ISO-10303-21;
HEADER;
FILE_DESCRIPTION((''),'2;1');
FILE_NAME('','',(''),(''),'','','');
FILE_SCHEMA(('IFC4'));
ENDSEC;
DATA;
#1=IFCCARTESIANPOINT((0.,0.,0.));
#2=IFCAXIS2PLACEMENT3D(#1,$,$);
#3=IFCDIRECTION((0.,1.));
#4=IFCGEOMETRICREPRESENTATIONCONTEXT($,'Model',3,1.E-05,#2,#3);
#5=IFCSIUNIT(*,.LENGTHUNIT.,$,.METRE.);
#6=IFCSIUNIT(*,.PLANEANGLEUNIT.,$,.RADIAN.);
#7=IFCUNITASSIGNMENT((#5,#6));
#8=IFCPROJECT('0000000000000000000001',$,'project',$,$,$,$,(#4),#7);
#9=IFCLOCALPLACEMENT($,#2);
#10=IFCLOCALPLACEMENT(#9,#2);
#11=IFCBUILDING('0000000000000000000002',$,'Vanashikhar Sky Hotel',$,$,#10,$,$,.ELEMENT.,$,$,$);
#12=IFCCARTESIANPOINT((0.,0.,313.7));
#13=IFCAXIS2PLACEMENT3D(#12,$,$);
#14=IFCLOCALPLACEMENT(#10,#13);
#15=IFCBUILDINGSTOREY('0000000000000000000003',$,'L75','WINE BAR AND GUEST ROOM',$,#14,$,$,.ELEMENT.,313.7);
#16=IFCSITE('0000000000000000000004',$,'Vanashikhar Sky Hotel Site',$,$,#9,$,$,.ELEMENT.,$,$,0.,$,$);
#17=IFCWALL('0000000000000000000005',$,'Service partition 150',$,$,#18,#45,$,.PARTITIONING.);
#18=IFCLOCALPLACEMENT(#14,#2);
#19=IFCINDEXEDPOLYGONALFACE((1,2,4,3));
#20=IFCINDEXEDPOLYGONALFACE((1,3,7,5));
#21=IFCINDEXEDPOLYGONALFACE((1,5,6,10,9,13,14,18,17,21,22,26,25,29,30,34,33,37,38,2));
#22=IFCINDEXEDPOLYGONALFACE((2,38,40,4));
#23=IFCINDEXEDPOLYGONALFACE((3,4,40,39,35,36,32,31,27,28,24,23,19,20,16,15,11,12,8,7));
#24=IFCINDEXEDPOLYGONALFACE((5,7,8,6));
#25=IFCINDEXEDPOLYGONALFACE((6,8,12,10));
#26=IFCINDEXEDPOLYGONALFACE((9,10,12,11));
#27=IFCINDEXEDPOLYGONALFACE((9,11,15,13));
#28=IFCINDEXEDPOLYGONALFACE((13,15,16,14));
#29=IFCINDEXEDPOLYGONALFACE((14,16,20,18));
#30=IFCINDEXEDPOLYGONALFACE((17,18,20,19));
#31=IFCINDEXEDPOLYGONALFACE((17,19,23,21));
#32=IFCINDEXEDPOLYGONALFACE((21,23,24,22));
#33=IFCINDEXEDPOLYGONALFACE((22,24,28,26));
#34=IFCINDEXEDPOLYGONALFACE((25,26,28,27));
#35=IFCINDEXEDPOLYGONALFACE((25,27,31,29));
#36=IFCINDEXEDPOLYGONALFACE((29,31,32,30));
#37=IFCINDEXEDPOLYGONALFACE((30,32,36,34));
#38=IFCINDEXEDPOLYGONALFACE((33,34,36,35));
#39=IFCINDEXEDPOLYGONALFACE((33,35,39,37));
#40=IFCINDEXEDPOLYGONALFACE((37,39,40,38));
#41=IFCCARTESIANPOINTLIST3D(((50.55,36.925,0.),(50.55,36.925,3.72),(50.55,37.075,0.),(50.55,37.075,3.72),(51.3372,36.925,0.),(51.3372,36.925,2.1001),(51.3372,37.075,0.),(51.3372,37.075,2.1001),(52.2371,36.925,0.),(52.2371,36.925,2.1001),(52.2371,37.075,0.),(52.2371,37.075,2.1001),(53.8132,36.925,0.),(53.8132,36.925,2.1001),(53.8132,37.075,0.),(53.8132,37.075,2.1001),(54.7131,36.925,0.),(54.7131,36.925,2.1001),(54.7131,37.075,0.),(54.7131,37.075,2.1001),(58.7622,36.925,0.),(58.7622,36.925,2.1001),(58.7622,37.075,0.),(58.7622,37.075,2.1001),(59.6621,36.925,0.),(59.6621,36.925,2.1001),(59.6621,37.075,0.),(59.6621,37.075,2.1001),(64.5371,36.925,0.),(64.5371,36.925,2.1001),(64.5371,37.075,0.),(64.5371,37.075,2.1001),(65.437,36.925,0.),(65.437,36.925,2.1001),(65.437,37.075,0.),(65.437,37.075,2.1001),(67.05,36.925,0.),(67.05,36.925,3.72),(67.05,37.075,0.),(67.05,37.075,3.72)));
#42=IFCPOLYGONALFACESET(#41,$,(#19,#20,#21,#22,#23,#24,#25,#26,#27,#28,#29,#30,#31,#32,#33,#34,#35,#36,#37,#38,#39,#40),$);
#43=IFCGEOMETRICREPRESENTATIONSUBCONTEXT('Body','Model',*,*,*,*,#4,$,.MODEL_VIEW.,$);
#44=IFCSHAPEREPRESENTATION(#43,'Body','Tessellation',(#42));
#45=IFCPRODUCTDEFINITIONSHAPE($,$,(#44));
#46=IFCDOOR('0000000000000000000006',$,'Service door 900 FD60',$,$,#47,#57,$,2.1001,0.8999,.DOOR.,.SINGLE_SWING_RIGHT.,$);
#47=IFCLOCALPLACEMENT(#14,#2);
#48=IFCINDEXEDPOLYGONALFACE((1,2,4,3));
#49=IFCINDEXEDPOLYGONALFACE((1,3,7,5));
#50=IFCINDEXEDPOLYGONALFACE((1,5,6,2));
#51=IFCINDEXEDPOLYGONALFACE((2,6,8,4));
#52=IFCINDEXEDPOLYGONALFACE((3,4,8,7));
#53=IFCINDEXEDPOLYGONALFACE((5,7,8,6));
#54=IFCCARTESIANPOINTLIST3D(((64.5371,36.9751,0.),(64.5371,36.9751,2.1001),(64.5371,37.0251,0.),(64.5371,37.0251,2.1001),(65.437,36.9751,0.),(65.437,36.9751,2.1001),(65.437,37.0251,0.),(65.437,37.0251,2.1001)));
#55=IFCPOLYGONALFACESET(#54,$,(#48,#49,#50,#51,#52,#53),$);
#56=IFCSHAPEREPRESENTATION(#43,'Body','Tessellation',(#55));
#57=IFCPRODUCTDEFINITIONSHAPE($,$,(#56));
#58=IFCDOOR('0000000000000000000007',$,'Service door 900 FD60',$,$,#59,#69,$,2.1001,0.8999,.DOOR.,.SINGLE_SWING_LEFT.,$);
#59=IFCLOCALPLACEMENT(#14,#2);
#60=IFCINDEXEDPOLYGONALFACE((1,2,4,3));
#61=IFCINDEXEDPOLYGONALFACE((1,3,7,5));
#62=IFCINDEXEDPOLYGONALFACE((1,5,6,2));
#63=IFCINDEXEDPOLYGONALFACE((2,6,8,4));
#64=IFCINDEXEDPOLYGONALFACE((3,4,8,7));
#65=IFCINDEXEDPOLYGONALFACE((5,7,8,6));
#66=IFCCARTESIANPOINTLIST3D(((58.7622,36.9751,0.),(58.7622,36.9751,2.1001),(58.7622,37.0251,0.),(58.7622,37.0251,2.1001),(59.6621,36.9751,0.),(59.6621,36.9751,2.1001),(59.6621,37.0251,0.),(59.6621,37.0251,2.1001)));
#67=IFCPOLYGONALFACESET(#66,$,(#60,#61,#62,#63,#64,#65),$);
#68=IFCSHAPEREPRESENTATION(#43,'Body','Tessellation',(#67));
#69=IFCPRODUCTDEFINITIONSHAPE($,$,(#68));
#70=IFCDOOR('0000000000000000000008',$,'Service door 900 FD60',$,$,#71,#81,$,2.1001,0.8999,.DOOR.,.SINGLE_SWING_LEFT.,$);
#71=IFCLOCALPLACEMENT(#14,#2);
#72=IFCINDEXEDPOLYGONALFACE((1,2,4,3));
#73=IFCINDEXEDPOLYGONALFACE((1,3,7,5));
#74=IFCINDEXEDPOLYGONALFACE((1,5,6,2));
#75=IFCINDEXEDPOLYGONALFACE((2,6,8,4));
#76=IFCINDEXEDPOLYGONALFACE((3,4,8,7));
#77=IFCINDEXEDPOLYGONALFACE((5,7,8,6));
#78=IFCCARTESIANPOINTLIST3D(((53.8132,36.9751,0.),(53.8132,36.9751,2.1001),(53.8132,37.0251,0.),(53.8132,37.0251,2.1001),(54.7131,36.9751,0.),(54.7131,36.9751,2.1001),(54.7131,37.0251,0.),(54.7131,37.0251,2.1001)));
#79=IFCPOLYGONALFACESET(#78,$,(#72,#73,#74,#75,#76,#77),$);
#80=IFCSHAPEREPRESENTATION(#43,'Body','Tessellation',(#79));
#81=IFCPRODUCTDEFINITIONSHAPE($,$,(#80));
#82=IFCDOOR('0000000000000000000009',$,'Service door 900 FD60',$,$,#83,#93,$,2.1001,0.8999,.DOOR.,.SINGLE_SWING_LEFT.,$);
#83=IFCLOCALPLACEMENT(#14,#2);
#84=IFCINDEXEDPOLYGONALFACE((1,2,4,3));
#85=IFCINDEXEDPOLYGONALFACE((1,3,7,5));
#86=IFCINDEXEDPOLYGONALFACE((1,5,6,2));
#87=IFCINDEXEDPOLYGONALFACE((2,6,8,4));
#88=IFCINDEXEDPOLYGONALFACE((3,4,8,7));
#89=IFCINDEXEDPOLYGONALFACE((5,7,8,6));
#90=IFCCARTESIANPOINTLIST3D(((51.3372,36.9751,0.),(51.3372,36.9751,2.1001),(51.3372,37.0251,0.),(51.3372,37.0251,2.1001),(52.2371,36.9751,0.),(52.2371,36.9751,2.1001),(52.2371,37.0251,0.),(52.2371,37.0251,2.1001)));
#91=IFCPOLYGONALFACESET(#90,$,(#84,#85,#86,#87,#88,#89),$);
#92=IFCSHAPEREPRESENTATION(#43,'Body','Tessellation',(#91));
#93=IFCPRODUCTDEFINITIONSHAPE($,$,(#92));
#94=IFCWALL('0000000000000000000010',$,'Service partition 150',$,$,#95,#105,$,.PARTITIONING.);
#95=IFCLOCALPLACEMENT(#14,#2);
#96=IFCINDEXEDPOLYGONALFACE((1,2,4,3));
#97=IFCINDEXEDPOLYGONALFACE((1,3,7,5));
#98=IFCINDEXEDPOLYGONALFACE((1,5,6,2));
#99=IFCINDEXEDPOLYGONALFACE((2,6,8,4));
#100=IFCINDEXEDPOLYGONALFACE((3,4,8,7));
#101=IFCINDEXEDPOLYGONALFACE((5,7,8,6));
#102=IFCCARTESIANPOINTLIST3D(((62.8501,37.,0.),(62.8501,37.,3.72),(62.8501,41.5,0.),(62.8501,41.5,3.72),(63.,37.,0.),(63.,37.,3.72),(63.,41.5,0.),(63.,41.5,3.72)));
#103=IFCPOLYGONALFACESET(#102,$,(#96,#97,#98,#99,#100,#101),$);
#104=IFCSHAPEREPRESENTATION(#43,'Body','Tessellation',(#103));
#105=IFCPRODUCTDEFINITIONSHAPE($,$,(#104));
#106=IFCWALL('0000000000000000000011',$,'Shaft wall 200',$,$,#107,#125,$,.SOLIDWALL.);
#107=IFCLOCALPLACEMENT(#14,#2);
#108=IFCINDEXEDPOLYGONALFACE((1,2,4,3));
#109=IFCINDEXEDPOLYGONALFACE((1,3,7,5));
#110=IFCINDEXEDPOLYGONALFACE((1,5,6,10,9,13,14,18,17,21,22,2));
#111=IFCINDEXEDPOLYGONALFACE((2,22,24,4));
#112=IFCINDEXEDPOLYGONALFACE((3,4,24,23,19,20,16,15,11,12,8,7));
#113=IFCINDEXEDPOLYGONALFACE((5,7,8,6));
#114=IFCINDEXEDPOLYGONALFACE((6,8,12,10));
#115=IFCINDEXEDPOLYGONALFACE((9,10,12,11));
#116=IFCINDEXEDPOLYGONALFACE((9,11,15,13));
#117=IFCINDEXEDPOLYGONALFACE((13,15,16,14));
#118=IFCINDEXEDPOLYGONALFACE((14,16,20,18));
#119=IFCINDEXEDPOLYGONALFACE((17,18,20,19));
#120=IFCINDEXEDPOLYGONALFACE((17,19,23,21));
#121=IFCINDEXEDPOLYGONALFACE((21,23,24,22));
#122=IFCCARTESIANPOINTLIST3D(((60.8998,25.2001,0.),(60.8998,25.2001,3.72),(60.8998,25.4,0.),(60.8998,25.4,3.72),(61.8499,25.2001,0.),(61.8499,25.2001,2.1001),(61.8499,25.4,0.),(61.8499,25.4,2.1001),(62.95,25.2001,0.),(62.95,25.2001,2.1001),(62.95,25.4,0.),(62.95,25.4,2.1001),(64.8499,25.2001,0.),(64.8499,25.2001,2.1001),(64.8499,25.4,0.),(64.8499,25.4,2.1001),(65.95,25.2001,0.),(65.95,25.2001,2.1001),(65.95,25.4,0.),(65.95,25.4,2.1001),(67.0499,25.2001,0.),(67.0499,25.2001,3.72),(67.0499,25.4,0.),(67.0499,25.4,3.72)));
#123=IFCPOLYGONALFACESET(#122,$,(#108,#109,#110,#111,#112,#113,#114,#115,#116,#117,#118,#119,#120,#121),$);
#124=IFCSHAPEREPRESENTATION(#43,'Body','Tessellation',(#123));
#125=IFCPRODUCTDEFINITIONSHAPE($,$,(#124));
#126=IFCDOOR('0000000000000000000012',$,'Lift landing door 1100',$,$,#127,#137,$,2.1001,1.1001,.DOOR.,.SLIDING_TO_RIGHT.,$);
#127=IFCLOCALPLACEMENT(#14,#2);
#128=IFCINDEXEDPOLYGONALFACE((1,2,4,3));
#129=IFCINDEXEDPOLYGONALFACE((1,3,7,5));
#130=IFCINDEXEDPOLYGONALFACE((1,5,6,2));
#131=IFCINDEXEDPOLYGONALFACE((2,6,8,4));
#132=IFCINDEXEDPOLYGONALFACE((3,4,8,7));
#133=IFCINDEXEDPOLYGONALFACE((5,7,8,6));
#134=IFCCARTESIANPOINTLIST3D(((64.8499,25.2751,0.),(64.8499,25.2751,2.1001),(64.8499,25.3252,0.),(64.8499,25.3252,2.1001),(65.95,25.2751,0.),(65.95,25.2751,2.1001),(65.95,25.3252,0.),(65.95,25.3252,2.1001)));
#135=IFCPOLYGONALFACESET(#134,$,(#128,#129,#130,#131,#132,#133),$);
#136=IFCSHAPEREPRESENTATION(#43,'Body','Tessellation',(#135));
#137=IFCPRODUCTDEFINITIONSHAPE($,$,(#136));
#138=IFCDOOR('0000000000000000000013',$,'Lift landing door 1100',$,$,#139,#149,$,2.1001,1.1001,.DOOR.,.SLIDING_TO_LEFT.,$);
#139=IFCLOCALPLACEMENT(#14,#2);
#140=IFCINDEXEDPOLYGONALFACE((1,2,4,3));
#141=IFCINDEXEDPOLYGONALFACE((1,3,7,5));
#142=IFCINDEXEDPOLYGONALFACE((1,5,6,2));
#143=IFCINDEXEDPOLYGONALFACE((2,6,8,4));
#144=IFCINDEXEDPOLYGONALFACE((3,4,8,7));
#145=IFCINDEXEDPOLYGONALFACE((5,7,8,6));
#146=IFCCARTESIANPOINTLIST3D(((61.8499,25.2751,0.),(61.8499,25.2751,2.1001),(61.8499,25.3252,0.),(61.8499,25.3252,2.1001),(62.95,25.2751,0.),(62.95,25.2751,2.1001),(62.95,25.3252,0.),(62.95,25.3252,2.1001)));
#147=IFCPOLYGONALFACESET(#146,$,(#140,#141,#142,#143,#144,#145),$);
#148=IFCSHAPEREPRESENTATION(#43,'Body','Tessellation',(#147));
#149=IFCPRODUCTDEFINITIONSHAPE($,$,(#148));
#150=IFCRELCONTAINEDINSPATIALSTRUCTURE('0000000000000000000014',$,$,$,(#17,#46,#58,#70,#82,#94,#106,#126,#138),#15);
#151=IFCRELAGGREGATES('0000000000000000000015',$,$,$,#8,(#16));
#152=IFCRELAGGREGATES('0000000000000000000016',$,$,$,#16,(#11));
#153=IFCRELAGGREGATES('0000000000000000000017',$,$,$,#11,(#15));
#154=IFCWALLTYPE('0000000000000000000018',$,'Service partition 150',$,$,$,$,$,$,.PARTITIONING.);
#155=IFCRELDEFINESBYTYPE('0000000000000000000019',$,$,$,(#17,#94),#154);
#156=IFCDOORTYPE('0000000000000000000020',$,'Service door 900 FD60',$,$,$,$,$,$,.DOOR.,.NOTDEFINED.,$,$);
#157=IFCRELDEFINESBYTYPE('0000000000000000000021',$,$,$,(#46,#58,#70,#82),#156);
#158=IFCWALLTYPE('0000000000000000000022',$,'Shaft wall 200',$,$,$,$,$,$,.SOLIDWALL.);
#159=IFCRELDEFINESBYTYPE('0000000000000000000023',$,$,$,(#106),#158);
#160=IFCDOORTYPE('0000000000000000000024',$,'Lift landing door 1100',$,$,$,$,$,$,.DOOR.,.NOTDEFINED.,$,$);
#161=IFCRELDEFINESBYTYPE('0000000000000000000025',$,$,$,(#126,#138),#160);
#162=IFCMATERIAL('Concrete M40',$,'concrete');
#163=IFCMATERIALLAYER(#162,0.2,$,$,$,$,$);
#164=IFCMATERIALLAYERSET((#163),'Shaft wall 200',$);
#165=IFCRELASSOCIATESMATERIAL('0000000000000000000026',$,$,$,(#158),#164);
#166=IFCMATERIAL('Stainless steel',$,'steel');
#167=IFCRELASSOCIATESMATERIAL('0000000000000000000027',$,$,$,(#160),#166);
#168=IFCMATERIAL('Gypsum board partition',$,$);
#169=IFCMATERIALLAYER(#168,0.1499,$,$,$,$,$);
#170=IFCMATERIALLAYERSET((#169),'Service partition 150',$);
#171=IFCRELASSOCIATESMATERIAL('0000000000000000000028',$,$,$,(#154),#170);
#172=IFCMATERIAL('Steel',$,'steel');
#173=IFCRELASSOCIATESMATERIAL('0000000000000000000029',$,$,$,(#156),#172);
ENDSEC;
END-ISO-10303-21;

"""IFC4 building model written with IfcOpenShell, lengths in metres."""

from ifc_helpers import new_model, si_unit, direction, frame, frame_2d, origin, place, context, subcontext, project, spatial, rectangle, extrude, source, transform, mapped, material, layer, layer_set, type_object, element, fill, save


model = new_model("IFC4")

# Units and contexts
model_context = context("Model", 3, precision=1e-05, world=origin(), true_north=direction((0.0, 1.0)))
body_context = subcontext(model_context, "Body", "Model", "MODEL_VIEW")
ifc_project = project(units=[si_unit("LENGTHUNIT", "METRE"), si_unit("PLANEANGLEUNIT", "RADIAN")], contexts=[model_context])

# Site, building, storey
site_placement = place(None, origin())
site = spatial("IfcSite", under=ifc_project, at=site_placement, Name="Vanashikhar Sky Hotel Site", CompositionType="ELEMENT", RefElevation=0.0)
building_placement = place(site_placement, origin())
building = spatial("IfcBuilding", under=site, at=building_placement, Name="Vanashikhar Sky Hotel", CompositionType="ELEMENT")
storey_placement = place(building_placement, frame((0.0, 0.0, 313.7)))
storey = spatial("IfcBuildingStorey", under=building, at=storey_placement, Name="L75", Description="WINE BAR AND GUEST ROOM", CompositionType="ELEMENT", Elevation=313.7)

# Shared definitions
ifc_material_1 = material(Name="Concrete M40", Category="concrete")
ifc_layer_1 = layer(ifc_material_1, 0.2)
ifc_layer_set_1 = layer_set([ifc_layer_1], Name="Shaft wall 200")
wall_type_1 = type_object("IfcWallType", Name="Shaft wall 200", PredefinedType="SOLIDWALL", material=ifc_layer_set_1)
shared_shape_1 = source(origin(), body_context, "Body", "SweptSolid", [
    extrude(rectangle(XDim=1.1001, YDim=2.1001, at=frame_2d((0.55, 1.05))), frame((0.0, 0.1099, 0.0), z_axis=(0.0, -1.0, 0.0), x_axis=(1.0, 0.0, 0.0)), (0.0, 0.0, 1.0), 0.22),
])
ifc_material_2 = material(Name="Stainless steel", Category="steel")
door_type_1 = type_object("IfcDoorType", Name="Lift landing door 1100", OperationType="NOTDEFINED", PredefinedType="DOOR", material=ifc_material_2)
shared_shape_2 = source(origin(), body_context, "Body", "SweptSolid", [
    extrude(rectangle(XDim=1.1001, YDim=2.1001, at=frame_2d((0.55, 1.05))), frame((0.0, 0.0249, 0.0), z_axis=(0.0, -1.0, 0.0), x_axis=(1.0, 0.0, 0.0)), (0.0, 0.0, 1.0), 0.05),
])

# Shared definitions
ifc_material_3 = material(Name="Gypsum board partition")
ifc_layer_2 = layer(ifc_material_3, 0.1499)
ifc_layer_set_2 = layer_set([ifc_layer_2], Name="Service partition 150")
wall_type_2 = type_object("IfcWallType", Name="Service partition 150", PredefinedType="PARTITIONING", material=ifc_layer_set_2)

# Wall, openings, doors
shared_shape_3 = source(origin(), body_context, "Body", "SweptSolid", [
    extrude(rectangle(XDim=0.8999, YDim=2.1001, at=frame_2d((0.45, 1.05))), frame((0.0, 0.085, 0.0), z_axis=(0.0, -1.0, 0.0), x_axis=(1.0, 0.0, 0.0)), (0.0, 0.0, 1.0), 0.1699),
])
ifc_material_4 = material(Name="Steel", Category="steel")
door_type_2 = type_object("IfcDoorType", Name="Service door 900 FD60", OperationType="NOTDEFINED", PredefinedType="DOOR", material=ifc_material_4)
shared_shape_4 = source(origin(), body_context, "Body", "SweptSolid", [
    extrude(rectangle(XDim=0.8999, YDim=2.1001, at=frame_2d((0.45, 1.05))), frame((0.0, 0.0249, 0.0), z_axis=(0.0, -1.0, 0.0), x_axis=(1.0, 0.0, 0.0)), (0.0, 0.0, 1.0), 0.05),
])
shared_shape_5 = source(origin(), body_context, "Body", "SweptSolid", [
    extrude(rectangle(XDim=16.5, YDim=0.1499, at=frame_2d((8.25, 0.0))), origin(), (0.0, 0.0, 1.0), 3.72),
])
wall_1_placement = place(storey_placement, frame((67.05, 37.0, 0.0), z_axis=(0.0, 0.0, 1.0), x_axis=(-1.0, 0.0, 0.0)))
wall_1 = element("IfcWall", 1, at=wall_1_placement, inside=storey, type_object=wall_type_2, Name="Service partition 150", PredefinedType="PARTITIONING", context=body_context, shape_type="MappedRepresentation", body=[
    mapped(shared_shape_5, transform((0.0, 0.0, 0.0), scale=1.0)),
])
opening_1_placement = place(wall_1_placement, frame((1.613, 0.0, 0.0)))
opening_1 = element("IfcOpeningElement", 2, at=opening_1_placement, cuts=wall_1, PredefinedType="OPENING", context=body_context, shape_type="MappedRepresentation", body=[
    mapped(shared_shape_3, transform((0.0, 0.0, 0.0), scale=1.0)),
])
opening_2_placement = place(wall_1_placement, frame((7.3879, 0.0, 0.0)))
opening_2 = element("IfcOpeningElement", 3, at=opening_2_placement, cuts=wall_1, PredefinedType="OPENING", context=body_context, shape_type="MappedRepresentation", body=[
    mapped(shared_shape_3, transform((0.0, 0.0, 0.0), scale=1.0)),
])
opening_3_placement = place(wall_1_placement, frame((12.3369, 0.0, 0.0)))
opening_3 = element("IfcOpeningElement", 4, at=opening_3_placement, cuts=wall_1, PredefinedType="OPENING", context=body_context, shape_type="MappedRepresentation", body=[
    mapped(shared_shape_3, transform((0.0, 0.0, 0.0), scale=1.0)),
])
opening_4_placement = place(wall_1_placement, frame((14.813, 0.0, 0.0)))
opening_4 = element("IfcOpeningElement", 5, at=opening_4_placement, cuts=wall_1, PredefinedType="OPENING", context=body_context, shape_type="MappedRepresentation", body=[
    mapped(shared_shape_3, transform((0.0, 0.0, 0.0), scale=1.0)),
])
door_1_placement = place(opening_1_placement, origin())
door_1 = element("IfcDoor", 6, at=door_1_placement, inside=storey, type_object=door_type_2, Name="Service door 900 FD60", OperationType="SINGLE_SWING_RIGHT", OverallHeight=2.1001, OverallWidth=0.8999, PredefinedType="DOOR", context=body_context, shape_type="MappedRepresentation", body=[
    mapped(shared_shape_4, transform((0.0, 0.0, 0.0), scale=1.0)),
])
fill(opening_1, door_1)
door_2_placement = place(opening_2_placement, origin())
door_2 = element("IfcDoor", 7, at=door_2_placement, inside=storey, type_object=door_type_2, Name="Service door 900 FD60", OperationType="SINGLE_SWING_LEFT", OverallHeight=2.1001, OverallWidth=0.8999, PredefinedType="DOOR", context=body_context, shape_type="MappedRepresentation", body=[
    mapped(shared_shape_4, transform((0.0, 0.0, 0.0), scale=1.0)),
])
fill(opening_2, door_2)
door_3_placement = place(opening_3_placement, origin())
door_3 = element("IfcDoor", 8, at=door_3_placement, inside=storey, type_object=door_type_2, Name="Service door 900 FD60", OperationType="SINGLE_SWING_LEFT", OverallHeight=2.1001, OverallWidth=0.8999, PredefinedType="DOOR", context=body_context, shape_type="MappedRepresentation", body=[
    mapped(shared_shape_4, transform((0.0, 0.0, 0.0), scale=1.0)),
])
fill(opening_3, door_3)
door_4_placement = place(opening_4_placement, origin())
door_4 = element("IfcDoor", 9, at=door_4_placement, inside=storey, type_object=door_type_2, Name="Service door 900 FD60", OperationType="SINGLE_SWING_LEFT", OverallHeight=2.1001, OverallWidth=0.8999, PredefinedType="DOOR", context=body_context, shape_type="MappedRepresentation", body=[
    mapped(shared_shape_4, transform((0.0, 0.0, 0.0), scale=1.0)),
])
fill(opening_4, door_4)

# Wall
shared_shape_6 = source(origin(), body_context, "Body", "SweptSolid", [
    extrude(rectangle(XDim=4.5, YDim=0.1499, at=frame_2d((2.25, 0.0))), origin(), (0.0, 0.0, 1.0), 3.72),
])
wall_2_placement = place(storey_placement, frame((62.925, 37.0, 0.0), z_axis=(0.0, 0.0, 1.0), x_axis=(0.0, 1.0, 0.0)))
element("IfcWall", 10, at=wall_2_placement, inside=storey, type_object=wall_type_2, Name="Service partition 150", PredefinedType="PARTITIONING", context=body_context, shape_type="MappedRepresentation", body=[
    mapped(shared_shape_6, transform((0.0, 0.0, 0.0), scale=1.0)),
])

# Wall, openings, doors
shared_shape_7 = source(origin(), body_context, "Body", "SweptSolid", [
    extrude(rectangle(XDim=6.1501, YDim=0.2, at=frame_2d((3.0752, 0.0))), origin(), (0.0, 0.0, 1.0), 3.72),
])
wall_3_placement = place(storey_placement, frame((67.05, 25.3, 0.0), z_axis=(0.0, 0.0, 1.0), x_axis=(-1.0, 0.0, 0.0)))
wall_3 = element("IfcWall", 11, at=wall_3_placement, inside=storey, type_object=wall_type_1, Name="Shaft wall 200", PredefinedType="SOLIDWALL", context=body_context, shape_type="MappedRepresentation", body=[
    mapped(shared_shape_7, transform((0.0, 0.0, 0.0), scale=1.0)),
])
opening_5_placement = place(wall_3_placement, frame((1.1001, 0.0, 0.0)))
opening_5 = element("IfcOpeningElement", 12, at=opening_5_placement, cuts=wall_3, PredefinedType="OPENING", context=body_context, shape_type="MappedRepresentation", body=[
    mapped(shared_shape_1, transform((0.0, 0.0, 0.0), scale=1.0)),
])
opening_6_placement = place(wall_3_placement, frame((4.1001, 0.0, 0.0)))
opening_6 = element("IfcOpeningElement", 13, at=opening_6_placement, cuts=wall_3, PredefinedType="OPENING", context=body_context, shape_type="MappedRepresentation", body=[
    mapped(shared_shape_1, transform((0.0, 0.0, 0.0), scale=1.0)),
])
door_5_placement = place(opening_5_placement, origin())
door_5 = element("IfcDoor", 14, at=door_5_placement, inside=storey, type_object=door_type_1, Name="Lift landing door 1100", OperationType="SLIDING_TO_RIGHT", OverallHeight=2.1001, OverallWidth=1.1001, PredefinedType="DOOR", context=body_context, shape_type="MappedRepresentation", body=[
    mapped(shared_shape_2, transform((0.0, 0.0, 0.0), scale=1.0)),
])
fill(opening_5, door_5)
door_6_placement = place(opening_6_placement, origin())
door_6 = element("IfcDoor", 15, at=door_6_placement, inside=storey, type_object=door_type_1, Name="Lift landing door 1100", OperationType="SLIDING_TO_LEFT", OverallHeight=2.1001, OverallWidth=1.1001, PredefinedType="DOOR", context=body_context, shape_type="MappedRepresentation", body=[
    mapped(shared_shape_2, transform((0.0, 0.0, 0.0), scale=1.0)),
])
fill(opening_6, door_6)

save(model, "model.ifc")
